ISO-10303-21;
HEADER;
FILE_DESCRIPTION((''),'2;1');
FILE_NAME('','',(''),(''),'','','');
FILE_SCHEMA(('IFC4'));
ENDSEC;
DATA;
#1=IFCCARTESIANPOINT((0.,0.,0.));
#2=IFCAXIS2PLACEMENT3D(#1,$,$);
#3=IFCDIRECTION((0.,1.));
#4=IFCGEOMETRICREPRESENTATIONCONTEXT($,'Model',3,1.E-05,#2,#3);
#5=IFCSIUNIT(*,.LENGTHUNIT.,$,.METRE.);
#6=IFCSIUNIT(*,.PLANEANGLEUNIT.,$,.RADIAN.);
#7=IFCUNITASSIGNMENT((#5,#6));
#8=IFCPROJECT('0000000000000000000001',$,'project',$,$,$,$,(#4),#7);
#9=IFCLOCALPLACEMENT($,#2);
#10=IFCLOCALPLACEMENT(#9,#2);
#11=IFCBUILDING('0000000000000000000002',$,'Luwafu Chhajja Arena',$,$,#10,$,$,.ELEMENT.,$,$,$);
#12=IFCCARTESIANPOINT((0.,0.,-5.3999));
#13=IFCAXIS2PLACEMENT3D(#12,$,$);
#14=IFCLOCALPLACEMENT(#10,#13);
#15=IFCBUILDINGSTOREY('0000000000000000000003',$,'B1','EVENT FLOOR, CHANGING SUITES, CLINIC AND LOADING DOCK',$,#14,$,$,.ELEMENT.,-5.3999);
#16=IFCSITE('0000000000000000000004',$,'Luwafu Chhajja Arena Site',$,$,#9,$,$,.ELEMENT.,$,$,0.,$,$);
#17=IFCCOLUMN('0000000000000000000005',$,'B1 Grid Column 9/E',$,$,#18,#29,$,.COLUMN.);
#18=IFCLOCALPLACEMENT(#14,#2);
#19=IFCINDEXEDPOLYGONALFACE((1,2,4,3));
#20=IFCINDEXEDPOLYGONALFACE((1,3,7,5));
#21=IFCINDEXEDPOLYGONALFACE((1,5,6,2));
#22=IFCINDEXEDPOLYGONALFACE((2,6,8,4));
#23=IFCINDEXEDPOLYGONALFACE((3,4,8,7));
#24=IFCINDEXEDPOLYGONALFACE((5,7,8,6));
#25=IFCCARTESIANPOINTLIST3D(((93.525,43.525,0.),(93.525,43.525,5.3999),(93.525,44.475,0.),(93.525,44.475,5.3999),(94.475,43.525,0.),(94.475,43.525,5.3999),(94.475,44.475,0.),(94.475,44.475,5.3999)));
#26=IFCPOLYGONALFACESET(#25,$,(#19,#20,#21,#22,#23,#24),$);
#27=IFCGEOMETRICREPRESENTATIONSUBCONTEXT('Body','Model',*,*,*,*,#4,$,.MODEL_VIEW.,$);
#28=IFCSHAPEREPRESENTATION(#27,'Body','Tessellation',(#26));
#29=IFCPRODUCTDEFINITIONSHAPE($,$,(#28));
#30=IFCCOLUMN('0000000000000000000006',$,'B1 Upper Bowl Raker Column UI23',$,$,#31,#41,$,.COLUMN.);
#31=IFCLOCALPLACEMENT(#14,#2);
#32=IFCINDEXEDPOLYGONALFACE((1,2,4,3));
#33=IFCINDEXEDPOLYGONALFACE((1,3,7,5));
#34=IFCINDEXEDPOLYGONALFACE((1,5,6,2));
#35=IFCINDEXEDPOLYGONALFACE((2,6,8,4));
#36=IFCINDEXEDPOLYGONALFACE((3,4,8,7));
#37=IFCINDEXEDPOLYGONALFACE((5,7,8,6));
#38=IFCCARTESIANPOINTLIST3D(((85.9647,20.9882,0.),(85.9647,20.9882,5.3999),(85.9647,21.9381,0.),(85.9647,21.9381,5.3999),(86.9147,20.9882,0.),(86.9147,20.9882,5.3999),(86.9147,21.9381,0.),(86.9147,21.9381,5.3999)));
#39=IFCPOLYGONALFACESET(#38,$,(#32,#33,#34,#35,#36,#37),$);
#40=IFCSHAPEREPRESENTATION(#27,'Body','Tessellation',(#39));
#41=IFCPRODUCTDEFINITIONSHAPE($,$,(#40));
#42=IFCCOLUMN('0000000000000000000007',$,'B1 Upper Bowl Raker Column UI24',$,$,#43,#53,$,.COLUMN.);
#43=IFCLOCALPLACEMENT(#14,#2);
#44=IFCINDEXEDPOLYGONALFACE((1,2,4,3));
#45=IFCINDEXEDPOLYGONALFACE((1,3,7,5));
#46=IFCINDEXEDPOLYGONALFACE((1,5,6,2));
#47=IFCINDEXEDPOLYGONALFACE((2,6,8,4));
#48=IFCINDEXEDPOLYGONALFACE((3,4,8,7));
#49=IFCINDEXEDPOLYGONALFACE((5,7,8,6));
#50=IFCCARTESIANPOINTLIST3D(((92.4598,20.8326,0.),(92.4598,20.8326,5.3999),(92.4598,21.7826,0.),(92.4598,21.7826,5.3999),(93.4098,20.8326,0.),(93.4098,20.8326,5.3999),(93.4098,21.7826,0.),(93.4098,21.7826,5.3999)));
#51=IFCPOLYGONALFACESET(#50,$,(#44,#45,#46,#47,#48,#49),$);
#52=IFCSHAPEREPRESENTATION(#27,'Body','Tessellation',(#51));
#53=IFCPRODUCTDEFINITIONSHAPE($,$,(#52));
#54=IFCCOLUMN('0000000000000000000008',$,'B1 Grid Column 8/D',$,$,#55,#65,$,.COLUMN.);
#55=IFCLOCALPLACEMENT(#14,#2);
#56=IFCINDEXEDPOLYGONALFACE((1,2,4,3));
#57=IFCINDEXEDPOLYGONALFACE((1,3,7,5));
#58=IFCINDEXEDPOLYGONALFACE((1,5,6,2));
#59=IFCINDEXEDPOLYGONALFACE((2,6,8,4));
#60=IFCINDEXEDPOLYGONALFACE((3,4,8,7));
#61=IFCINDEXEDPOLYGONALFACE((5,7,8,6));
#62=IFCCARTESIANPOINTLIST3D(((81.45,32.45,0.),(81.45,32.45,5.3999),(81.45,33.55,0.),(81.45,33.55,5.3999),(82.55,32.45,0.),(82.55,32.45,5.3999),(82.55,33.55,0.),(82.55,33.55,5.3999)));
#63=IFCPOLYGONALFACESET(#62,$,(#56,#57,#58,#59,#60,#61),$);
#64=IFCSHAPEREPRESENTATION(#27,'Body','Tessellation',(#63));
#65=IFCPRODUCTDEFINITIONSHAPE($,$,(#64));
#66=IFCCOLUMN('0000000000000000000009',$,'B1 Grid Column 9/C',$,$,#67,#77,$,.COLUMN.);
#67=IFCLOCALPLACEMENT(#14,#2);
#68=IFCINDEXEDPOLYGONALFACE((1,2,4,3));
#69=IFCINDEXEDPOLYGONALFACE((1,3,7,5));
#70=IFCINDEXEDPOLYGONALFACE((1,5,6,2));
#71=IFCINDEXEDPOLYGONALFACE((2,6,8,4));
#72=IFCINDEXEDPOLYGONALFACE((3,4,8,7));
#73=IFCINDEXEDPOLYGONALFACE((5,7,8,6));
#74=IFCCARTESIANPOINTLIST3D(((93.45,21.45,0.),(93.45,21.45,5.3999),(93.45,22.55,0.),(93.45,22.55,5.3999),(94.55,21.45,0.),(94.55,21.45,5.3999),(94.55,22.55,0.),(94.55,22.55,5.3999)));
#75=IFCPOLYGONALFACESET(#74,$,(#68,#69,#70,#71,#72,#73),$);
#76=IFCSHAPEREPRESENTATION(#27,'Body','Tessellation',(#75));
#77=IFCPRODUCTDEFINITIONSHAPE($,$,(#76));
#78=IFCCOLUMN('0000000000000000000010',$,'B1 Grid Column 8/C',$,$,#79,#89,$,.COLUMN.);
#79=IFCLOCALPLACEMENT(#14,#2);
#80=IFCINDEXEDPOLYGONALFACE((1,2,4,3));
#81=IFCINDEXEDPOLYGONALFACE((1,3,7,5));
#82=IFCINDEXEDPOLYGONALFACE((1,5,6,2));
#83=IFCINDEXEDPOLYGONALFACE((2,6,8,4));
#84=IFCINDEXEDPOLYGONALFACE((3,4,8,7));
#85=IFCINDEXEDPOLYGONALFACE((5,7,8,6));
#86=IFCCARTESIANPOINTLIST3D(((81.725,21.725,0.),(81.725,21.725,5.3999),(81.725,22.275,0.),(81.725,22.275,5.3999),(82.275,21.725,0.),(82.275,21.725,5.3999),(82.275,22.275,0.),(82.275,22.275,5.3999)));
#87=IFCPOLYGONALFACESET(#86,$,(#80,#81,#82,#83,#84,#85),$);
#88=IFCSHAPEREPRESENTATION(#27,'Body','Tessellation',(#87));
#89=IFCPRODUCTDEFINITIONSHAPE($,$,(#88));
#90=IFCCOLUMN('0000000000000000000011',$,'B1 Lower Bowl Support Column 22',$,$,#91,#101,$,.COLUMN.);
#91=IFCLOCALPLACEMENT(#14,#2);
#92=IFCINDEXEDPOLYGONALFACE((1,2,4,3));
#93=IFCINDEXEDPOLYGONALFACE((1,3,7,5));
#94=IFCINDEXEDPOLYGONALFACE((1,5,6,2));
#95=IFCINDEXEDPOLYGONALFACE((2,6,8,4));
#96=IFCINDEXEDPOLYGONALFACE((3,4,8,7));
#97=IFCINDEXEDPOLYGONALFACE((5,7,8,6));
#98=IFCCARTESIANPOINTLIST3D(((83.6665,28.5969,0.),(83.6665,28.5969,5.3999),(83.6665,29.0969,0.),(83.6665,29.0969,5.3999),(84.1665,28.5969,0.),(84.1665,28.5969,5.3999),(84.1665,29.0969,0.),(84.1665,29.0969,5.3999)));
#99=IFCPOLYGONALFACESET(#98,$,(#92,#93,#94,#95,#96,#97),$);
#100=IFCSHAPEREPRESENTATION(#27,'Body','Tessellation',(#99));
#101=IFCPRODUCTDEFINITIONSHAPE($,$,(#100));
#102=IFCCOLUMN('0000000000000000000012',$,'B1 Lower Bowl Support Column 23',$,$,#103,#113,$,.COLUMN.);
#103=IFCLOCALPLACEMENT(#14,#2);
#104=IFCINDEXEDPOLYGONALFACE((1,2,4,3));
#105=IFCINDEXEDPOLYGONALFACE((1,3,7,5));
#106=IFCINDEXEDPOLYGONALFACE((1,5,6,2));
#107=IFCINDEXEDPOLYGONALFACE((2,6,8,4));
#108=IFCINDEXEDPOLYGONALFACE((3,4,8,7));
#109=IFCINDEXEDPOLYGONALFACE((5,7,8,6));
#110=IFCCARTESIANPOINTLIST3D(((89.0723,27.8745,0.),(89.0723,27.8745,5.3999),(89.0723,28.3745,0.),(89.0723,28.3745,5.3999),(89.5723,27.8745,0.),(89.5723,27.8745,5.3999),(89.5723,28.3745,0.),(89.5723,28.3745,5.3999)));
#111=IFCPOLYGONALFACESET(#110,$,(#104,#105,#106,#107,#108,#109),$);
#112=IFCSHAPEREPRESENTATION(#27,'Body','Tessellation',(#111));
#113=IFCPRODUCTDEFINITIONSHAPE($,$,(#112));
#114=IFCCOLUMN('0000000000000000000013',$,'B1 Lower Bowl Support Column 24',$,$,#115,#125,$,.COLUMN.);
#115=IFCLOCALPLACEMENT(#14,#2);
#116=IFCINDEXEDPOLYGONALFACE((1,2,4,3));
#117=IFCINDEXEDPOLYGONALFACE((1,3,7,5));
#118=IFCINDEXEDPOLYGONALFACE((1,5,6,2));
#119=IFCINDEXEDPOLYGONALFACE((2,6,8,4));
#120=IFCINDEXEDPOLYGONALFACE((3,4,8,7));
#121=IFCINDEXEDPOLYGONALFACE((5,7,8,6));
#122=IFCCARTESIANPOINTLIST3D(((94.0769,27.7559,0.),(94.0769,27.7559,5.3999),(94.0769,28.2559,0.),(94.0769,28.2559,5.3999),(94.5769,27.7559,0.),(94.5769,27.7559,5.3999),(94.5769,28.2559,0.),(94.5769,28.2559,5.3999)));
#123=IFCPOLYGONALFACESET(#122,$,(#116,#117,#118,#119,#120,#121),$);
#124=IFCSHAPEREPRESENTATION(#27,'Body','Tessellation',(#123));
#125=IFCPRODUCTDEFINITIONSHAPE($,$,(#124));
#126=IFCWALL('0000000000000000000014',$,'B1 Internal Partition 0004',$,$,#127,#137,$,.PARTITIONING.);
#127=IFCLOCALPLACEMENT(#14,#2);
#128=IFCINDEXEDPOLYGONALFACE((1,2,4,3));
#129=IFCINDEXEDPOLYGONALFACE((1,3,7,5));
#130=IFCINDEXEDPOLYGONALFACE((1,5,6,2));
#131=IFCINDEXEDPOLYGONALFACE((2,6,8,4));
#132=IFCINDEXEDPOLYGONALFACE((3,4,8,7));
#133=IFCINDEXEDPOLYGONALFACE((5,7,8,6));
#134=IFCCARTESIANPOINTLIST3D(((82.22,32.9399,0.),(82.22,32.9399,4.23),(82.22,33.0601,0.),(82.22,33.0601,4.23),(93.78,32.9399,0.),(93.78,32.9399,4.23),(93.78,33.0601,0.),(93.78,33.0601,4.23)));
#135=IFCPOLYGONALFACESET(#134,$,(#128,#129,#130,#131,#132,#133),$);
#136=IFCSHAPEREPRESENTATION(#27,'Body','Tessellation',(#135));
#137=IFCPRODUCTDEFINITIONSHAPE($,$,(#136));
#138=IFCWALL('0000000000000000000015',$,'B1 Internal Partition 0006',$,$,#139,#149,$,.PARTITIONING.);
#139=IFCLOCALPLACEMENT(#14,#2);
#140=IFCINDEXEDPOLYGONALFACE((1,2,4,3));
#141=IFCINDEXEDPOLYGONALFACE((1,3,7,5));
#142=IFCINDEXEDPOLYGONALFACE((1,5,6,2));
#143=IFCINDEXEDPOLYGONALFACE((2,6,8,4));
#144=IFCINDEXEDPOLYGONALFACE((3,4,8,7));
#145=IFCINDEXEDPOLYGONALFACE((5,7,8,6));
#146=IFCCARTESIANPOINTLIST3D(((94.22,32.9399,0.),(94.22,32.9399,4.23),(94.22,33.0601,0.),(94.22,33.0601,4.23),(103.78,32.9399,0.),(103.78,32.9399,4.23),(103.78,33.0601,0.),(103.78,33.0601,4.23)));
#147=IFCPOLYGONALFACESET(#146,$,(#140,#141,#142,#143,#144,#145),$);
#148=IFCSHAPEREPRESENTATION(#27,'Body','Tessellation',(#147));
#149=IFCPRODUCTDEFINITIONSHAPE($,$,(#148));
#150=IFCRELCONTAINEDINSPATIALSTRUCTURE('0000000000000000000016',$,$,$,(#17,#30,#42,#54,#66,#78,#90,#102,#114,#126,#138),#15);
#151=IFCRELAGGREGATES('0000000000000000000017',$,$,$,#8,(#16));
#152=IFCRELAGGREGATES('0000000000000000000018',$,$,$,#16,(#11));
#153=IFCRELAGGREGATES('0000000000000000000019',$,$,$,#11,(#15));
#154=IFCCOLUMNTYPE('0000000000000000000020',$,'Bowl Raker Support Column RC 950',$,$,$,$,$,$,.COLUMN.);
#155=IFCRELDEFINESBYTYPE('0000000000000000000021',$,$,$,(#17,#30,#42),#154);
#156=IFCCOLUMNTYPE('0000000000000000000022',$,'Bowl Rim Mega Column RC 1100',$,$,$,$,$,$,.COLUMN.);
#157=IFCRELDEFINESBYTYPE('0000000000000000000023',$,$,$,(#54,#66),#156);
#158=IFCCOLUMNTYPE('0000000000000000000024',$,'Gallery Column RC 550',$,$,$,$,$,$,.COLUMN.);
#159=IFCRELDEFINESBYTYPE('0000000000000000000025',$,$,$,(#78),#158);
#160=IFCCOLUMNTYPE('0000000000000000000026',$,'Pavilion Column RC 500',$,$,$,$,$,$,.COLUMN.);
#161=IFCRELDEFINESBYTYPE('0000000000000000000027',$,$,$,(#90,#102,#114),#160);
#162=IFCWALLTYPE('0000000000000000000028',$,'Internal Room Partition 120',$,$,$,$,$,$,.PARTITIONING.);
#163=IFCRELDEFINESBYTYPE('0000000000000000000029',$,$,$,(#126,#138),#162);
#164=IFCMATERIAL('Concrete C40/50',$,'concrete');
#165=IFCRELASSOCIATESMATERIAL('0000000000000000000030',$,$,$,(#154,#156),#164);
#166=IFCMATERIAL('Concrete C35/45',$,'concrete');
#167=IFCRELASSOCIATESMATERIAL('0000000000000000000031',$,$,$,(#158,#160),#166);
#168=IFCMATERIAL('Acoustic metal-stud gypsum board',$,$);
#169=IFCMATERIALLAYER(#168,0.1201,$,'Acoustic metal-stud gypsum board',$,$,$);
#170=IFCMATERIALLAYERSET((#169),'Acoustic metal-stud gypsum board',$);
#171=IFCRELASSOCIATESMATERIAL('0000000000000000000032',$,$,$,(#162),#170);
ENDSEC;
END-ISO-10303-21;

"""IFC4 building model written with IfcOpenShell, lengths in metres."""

from ifc_helpers import new_model, si_unit, direction, frame, frame_2d, origin, origin_2d, place, context, subcontext, project, spatial, rectangle, extrude, material, layer, layer_set, material_profile, profile_set, type_object, element, save


model = new_model("IFC4")

# Units and contexts
model_context = context("Model", 3, precision=1e-05, world=origin(), true_north=direction((0.0, 1.0)))
body_context = subcontext(model_context, "Body", "Model", "MODEL_VIEW")
ifc_project = project(units=[si_unit("LENGTHUNIT", "METRE"), si_unit("PLANEANGLEUNIT", "RADIAN")], contexts=[model_context])

# Site, building, storey
site_placement = place(None, origin())
site = spatial("IfcSite", under=ifc_project, at=site_placement, Name="Luwafu Chhajja Arena Site", CompositionType="ELEMENT", RefElevation=0.0)
building_placement = place(site_placement, origin())
building = spatial("IfcBuilding", under=site, at=building_placement, Name="Luwafu Chhajja Arena", CompositionType="ELEMENT")
storey_placement = place(building_placement, frame((0.0, 0.0, -5.3999)))
storey = spatial("IfcBuildingStorey", under=building, at=storey_placement, Name="B1", Description="EVENT FLOOR, CHANGING SUITES, CLINIC AND LOADING DOCK", CompositionType="ELEMENT", Elevation=-5.3999)

# Shared definitions
ifc_material_1 = material(Name="Concrete C35/45", Category="concrete")

# Columns
ifc_material_2 = material(Name="Concrete C40/50", Category="concrete")
ifc_material_profile_1 = material_profile(ifc_material_2, rectangle(XDim=0.95, YDim=0.95, at=origin_2d()), Name="RC 950x950")
ifc_profile_set_1 = profile_set([ifc_material_profile_1], Name="Concrete C40/50")
column_type_1 = type_object("IfcColumnType", Name="Bowl Raker Support Column RC 950", PredefinedType="COLUMN", material=ifc_profile_set_1)
for number, where, z_axis, x_axis, name in (
    (1, (94.0, 44.0, 0.0), (0.0, 0.0, 1.0), (1.0, 0.0, 0.0), "B1 Grid Column 9/E"),
    (2, (86.4397, 21.4631, 0.0), (0.0, 0.0, 1.0), (1.0, 0.0, 0.0), "B1 Upper Bowl Raker Column UI23"),
    (3, (92.9348, 21.3076, 0.0), (0.0, 0.0, 1.0), (1.0, 0.0, 0.0), "B1 Upper Bowl Raker Column UI24"),
):
    element("IfcColumn", number, at=place(storey_placement, frame(where, z_axis=z_axis, x_axis=x_axis)), inside=storey, type_object=column_type_1, Name=name, PredefinedType="COLUMN", context=body_context, shape_type="SweptSolid", body=[
        extrude(rectangle(XDim=0.95, YDim=0.95, at=origin_2d()), origin(), (0.0, 0.0, 1.0), 5.3999),
    ])
ifc_material_profile_2 = material_profile(ifc_material_2, rectangle(XDim=1.1001, YDim=1.1001, at=origin_2d()), Name="RC 1100x1100")
ifc_profile_set_2 = profile_set([ifc_material_profile_2], Name="Concrete C40/50")
column_type_2 = type_object("IfcColumnType", Name="Bowl Rim Mega Column RC 1100", PredefinedType="COLUMN", material=ifc_profile_set_2)
for number, where, z_axis, x_axis, name in (
    (4, (82.0, 33.0, 0.0), (0.0, 0.0, 1.0), (1.0, 0.0, 0.0), "B1 Grid Column 8/D"),
    (5, (94.0, 22.0, 0.0), (0.0, 0.0, 1.0), (1.0, 0.0, 0.0), "B1 Grid Column 9/C"),
):
    element("IfcColumn", number, at=place(storey_placement, frame(where, z_axis=z_axis, x_axis=x_axis)), inside=storey, type_object=column_type_2, Name=name, PredefinedType="COLUMN", context=body_context, shape_type="SweptSolid", body=[
        extrude(rectangle(XDim=1.1001, YDim=1.1001, at=origin_2d()), origin(), (0.0, 0.0, 1.0), 5.3999),
    ])
ifc_material_profile_3 = material_profile(ifc_material_1, rectangle(XDim=0.55, YDim=0.55, at=origin_2d()), Name="RC 550x550")
ifc_profile_set_3 = profile_set([ifc_material_profile_3], Name="Concrete C35/45")
column_type_3 = type_object("IfcColumnType", Name="Gallery Column RC 550", PredefinedType="COLUMN", material=ifc_profile_set_3)
column_placement = place(storey_placement, frame((82.0, 22.0, 0.0), z_axis=(0.0, 0.0, 1.0), x_axis=(1.0, 0.0, 0.0)))
element("IfcColumn", 6, at=column_placement, inside=storey, type_object=column_type_3, Name="B1 Grid Column 8/C", PredefinedType="COLUMN", context=body_context, shape_type="SweptSolid", body=[
    extrude(rectangle(XDim=0.55, YDim=0.55, at=origin_2d()), origin(), (0.0, 0.0, 1.0), 5.3999),
])
ifc_material_profile_4 = material_profile(ifc_material_1, rectangle(XDim=0.5, YDim=0.5, at=origin_2d()), Name="RC 500x500")
ifc_profile_set_4 = profile_set([ifc_material_profile_4], Name="Concrete C35/45")
column_type_4 = type_object("IfcColumnType", Name="Pavilion Column RC 500", PredefinedType="COLUMN", material=ifc_profile_set_4)
for number, where, z_axis, x_axis, name in (
    (7, (83.9165, 28.8469, 0.0), (0.0, 0.0, 1.0), (1.0, 0.0, 0.0), "B1 Lower Bowl Support Column 22"),
    (8, (89.3223, 28.1245, 0.0), (0.0, 0.0, 1.0), (1.0, 0.0, 0.0), "B1 Lower Bowl Support Column 23"),
    (9, (94.3269, 28.0059, 0.0), (0.0, 0.0, 1.0), (1.0, 0.0, 0.0), "B1 Lower Bowl Support Column 24"),
):
    element("IfcColumn", number, at=place(storey_placement, frame(where, z_axis=z_axis, x_axis=x_axis)), inside=storey, type_object=column_type_4, Name=name, PredefinedType="COLUMN", context=body_context, shape_type="SweptSolid", body=[
        extrude(rectangle(XDim=0.5, YDim=0.5, at=origin_2d()), origin(), (0.0, 0.0, 1.0), 5.3999),
    ])

# Walls
ifc_material_3 = material(Name="Acoustic metal-stud gypsum board")
ifc_layer = layer(ifc_material_3, 0.1201, Name="Acoustic metal-stud gypsum board")
ifc_layer_set = layer_set([ifc_layer], Name="Acoustic metal-stud gypsum board")
wall_type = type_object("IfcWallType", Name="Internal Room Partition 120", PredefinedType="PARTITIONING", material=ifc_layer_set)
wall_1_placement = place(storey_placement, frame((82.22, 33.0, 0.0), z_axis=(0.0, 0.0, 1.0), x_axis=(1.0, 0.0, 0.0)))
element("IfcWall", 10, at=wall_1_placement, inside=storey, type_object=wall_type, Name="B1 Internal Partition 0004", PredefinedType="PARTITIONING", context=body_context, shape_type="SweptSolid", body=[
    extrude(rectangle(XDim=11.5601, YDim=0.1201, at=frame_2d((5.78, 0.0))), origin(), (0.0, 0.0, 1.0), 4.23),
])
wall_2_placement = place(storey_placement, frame((94.22, 33.0, 0.0), z_axis=(0.0, 0.0, 1.0), x_axis=(1.0, 0.0, 0.0)))
element("IfcWall", 11, at=wall_2_placement, inside=storey, type_object=wall_type, Name="B1 Internal Partition 0006", PredefinedType="PARTITIONING", context=body_context, shape_type="SweptSolid", body=[
    extrude(rectangle(XDim=9.5601, YDim=0.1201, at=frame_2d((4.78, 0.0))), origin(), (0.0, 0.0, 1.0), 4.23),
])

save(model, "model.ifc")
